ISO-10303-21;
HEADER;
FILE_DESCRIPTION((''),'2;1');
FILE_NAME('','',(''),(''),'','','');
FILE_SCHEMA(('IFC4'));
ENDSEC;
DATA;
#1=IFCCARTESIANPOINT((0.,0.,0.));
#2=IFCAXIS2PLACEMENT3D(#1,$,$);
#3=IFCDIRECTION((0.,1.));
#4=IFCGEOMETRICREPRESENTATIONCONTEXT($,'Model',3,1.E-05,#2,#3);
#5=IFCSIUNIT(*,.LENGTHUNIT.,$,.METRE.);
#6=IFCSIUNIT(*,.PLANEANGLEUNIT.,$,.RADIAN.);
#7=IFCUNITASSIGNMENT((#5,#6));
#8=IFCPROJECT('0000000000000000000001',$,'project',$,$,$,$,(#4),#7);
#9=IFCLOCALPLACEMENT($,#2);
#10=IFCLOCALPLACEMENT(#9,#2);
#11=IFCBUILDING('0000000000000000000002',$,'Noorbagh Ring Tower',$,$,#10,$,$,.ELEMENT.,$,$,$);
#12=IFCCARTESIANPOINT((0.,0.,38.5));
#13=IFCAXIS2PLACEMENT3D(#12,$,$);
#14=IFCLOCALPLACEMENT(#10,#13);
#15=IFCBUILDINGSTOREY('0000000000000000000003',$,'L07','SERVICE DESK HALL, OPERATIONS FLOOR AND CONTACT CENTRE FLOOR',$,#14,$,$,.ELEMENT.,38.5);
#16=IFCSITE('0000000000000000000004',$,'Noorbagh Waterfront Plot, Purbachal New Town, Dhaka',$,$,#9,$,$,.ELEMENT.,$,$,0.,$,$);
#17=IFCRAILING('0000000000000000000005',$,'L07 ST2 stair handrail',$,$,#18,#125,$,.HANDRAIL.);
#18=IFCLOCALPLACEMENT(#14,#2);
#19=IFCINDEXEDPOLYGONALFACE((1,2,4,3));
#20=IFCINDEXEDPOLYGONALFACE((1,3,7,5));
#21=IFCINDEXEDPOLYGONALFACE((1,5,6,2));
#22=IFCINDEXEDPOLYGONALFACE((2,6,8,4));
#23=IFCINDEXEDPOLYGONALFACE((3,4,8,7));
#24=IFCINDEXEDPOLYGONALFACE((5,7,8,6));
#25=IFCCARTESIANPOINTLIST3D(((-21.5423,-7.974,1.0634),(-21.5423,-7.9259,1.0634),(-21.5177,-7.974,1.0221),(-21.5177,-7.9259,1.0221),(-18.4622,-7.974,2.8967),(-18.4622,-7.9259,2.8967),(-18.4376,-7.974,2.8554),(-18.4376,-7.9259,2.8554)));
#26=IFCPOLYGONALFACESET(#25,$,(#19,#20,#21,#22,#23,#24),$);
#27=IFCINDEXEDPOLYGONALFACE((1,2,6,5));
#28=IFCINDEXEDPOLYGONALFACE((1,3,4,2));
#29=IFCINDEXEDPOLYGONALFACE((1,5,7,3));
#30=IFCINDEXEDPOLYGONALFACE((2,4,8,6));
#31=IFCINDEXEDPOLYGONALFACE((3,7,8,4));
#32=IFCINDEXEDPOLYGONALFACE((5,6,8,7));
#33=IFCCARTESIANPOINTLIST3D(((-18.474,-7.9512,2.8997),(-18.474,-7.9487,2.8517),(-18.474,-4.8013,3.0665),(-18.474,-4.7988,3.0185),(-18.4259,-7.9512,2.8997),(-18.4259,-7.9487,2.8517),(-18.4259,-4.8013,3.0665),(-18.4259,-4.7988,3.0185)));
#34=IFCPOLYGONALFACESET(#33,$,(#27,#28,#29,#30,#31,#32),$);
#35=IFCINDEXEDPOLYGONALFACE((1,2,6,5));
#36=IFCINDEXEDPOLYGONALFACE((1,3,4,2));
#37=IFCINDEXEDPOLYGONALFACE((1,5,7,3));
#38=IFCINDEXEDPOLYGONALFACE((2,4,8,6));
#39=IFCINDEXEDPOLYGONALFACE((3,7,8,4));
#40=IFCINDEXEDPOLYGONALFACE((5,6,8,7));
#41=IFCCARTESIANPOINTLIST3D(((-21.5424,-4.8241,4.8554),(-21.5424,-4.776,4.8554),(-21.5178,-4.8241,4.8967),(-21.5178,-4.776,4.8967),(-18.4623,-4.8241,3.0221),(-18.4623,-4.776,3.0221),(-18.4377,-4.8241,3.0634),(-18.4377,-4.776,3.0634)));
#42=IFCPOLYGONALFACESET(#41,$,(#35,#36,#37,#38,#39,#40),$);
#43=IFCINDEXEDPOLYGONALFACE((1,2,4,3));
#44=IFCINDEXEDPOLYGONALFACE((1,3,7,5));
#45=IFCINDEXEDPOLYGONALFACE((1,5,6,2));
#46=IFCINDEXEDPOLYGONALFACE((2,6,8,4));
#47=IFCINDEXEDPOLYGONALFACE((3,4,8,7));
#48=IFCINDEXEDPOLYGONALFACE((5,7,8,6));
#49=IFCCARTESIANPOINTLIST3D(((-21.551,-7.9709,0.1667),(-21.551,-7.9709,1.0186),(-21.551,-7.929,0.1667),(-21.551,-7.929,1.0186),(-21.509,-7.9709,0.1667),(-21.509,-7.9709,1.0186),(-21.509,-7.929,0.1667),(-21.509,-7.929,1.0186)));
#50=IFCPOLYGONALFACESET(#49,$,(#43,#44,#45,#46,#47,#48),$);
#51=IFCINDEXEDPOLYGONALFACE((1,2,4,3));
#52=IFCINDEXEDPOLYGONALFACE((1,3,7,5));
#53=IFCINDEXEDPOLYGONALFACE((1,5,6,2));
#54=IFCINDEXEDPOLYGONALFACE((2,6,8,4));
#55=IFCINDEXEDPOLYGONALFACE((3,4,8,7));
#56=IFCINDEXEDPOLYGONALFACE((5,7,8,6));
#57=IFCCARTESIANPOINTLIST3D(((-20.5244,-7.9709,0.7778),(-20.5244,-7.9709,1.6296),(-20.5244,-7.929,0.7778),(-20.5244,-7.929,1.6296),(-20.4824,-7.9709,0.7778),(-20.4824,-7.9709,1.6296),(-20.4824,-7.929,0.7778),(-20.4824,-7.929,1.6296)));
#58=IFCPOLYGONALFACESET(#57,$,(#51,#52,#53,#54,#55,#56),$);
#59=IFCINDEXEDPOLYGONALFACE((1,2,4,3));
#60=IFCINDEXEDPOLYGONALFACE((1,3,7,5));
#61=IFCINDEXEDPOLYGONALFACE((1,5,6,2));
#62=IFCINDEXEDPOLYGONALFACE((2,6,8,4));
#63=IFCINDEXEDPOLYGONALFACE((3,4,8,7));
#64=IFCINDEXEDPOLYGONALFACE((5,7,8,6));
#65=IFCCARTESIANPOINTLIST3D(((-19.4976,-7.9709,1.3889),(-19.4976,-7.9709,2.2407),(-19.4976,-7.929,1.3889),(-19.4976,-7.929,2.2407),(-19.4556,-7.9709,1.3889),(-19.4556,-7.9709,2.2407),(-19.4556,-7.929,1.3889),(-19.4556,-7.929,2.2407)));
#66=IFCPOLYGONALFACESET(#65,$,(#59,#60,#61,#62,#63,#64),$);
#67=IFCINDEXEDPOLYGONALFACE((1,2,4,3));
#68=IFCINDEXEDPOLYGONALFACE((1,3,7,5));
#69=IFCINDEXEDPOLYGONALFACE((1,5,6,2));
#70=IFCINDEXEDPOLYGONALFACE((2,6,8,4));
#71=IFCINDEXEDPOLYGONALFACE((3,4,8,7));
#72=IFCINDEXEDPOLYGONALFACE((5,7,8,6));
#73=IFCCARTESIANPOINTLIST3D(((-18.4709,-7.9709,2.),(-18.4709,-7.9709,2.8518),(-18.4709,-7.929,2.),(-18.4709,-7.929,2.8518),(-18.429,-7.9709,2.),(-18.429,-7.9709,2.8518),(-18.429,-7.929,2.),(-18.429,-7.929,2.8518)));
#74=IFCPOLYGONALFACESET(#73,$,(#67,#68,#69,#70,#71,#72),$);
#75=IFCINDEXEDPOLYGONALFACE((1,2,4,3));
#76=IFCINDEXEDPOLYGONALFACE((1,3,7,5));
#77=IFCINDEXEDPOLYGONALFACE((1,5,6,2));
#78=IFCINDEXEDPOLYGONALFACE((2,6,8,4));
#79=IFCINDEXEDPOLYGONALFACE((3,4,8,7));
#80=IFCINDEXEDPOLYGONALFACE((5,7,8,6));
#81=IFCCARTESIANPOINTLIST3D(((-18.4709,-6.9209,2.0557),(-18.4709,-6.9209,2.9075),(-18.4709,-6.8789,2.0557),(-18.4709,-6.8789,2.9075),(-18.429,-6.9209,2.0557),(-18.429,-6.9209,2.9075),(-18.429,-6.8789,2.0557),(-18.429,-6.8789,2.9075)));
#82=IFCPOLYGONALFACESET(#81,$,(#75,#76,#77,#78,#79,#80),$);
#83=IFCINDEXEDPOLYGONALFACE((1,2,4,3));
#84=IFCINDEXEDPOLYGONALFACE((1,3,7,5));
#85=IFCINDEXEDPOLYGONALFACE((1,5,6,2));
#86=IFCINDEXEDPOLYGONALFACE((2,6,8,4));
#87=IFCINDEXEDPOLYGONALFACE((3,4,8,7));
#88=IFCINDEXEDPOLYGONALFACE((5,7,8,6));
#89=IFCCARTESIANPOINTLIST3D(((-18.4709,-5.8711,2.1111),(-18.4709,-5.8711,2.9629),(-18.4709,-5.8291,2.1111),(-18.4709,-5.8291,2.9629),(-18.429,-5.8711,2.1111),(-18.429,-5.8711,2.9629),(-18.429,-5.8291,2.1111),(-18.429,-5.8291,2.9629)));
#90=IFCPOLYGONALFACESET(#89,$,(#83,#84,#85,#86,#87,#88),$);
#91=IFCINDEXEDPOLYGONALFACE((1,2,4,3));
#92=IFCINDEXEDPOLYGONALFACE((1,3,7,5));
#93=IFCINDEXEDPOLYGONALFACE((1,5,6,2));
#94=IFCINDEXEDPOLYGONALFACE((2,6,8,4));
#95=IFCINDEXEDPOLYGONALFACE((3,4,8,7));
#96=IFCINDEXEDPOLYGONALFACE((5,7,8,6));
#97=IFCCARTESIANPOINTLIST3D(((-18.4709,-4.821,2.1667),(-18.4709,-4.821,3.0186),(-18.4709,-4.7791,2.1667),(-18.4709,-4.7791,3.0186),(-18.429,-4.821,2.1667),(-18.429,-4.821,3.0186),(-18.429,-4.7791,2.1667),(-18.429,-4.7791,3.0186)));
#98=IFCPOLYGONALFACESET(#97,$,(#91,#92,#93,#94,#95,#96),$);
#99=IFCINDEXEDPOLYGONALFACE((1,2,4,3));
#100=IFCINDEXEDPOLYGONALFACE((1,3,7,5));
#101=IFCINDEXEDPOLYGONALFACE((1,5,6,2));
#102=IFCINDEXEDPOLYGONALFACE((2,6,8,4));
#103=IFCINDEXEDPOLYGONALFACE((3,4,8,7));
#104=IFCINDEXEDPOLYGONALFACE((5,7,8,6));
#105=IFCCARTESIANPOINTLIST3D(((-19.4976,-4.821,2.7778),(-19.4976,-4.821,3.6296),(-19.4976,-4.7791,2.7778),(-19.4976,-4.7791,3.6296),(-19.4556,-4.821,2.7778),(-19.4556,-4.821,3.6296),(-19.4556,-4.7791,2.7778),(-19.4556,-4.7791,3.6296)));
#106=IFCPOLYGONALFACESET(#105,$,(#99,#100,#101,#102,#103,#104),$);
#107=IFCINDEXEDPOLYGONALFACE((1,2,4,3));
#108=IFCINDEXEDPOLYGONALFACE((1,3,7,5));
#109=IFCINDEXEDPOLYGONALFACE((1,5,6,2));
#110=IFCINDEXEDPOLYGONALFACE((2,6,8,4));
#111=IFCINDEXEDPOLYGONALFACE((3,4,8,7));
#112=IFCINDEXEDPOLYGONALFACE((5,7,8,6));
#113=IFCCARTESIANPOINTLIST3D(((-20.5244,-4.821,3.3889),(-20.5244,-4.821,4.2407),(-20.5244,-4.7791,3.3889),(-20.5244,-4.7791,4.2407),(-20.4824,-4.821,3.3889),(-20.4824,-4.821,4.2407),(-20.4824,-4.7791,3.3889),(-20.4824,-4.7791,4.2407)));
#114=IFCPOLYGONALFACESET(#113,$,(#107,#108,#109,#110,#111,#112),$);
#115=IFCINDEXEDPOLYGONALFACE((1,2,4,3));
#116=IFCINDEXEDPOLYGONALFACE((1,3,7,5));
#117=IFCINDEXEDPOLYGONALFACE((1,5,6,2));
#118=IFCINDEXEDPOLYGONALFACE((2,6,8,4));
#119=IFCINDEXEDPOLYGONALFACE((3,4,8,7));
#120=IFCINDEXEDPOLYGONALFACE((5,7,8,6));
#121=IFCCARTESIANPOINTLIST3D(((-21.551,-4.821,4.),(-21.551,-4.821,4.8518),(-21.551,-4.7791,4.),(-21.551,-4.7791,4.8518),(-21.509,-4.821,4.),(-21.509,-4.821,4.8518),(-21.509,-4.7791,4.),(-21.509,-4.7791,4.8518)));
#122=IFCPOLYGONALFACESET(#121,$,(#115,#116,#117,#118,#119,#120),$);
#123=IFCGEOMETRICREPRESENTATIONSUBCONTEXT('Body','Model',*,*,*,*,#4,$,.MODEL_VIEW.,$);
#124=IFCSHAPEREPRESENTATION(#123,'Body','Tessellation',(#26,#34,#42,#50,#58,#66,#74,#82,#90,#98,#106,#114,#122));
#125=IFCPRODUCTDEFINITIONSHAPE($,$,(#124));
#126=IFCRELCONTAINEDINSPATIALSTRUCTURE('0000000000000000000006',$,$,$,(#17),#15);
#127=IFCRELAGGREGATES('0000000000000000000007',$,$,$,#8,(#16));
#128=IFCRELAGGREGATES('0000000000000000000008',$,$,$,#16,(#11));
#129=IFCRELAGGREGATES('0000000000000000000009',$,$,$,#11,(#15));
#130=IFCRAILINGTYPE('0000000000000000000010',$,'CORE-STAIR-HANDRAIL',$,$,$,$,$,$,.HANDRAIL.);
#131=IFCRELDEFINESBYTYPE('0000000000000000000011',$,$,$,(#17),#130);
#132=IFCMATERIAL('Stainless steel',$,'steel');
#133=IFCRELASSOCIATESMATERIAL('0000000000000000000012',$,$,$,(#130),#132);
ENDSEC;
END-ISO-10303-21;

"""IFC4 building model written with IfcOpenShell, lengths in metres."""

from ifc_helpers import new_model, si_unit, direction, frame, origin, origin_2d, place, context, subcontext, project, spatial, rectangle, extrude, material, type_object, element, save


model = new_model("IFC4")

# Units and contexts
model_context = context("Model", 3, precision=1e-05, world=origin(), true_north=direction((0.0, 1.0)))
body_context = subcontext(model_context, "Body", "Model", "MODEL_VIEW")
ifc_project = project(units=[si_unit("LENGTHUNIT", "METRE"), si_unit("PLANEANGLEUNIT", "RADIAN")], contexts=[model_context])

# Site, building, storey
site_placement = place(None, origin())
site = spatial("IfcSite", under=ifc_project, at=site_placement, Name="Noorbagh Waterfront Plot, Purbachal New Town, Dhaka", CompositionType="ELEMENT", RefElevation=0.0)
building_placement = place(site_placement, origin())
building = spatial("IfcBuilding", under=site, at=building_placement, Name="Noorbagh Ring Tower", CompositionType="ELEMENT")
storey_placement = place(building_placement, frame((0.0, 0.0, 38.5)))
storey = spatial("IfcBuildingStorey", under=building, at=storey_placement, Name="L07", Description="SERVICE DESK HALL, OPERATIONS FLOOR AND CONTACT CENTRE FLOOR", CompositionType="ELEMENT", Elevation=38.5)

# Railing
ifc_material_1 = material(Name="Stainless steel", Category="steel")
railing_type_1 = type_object("IfcRailingType", Name="CORE-STAIR-HANDRAIL", PredefinedType="HANDRAIL", material=ifc_material_1)
railing_1_placement = place(storey_placement, frame((-21.53, -7.95, 0.1667)))
element("IfcRailing", 1, at=railing_1_placement, inside=storey, type_object=railing_type_1, Name="L07 ST2 stair handrail", PredefinedType="HANDRAIL", context=body_context, shape_type="SweptSolid", body=[
    extrude(rectangle(XDim=0.0481, YDim=0.0481, at=origin_2d()), frame((0.0, 0.0, 0.876), z_axis=(0.859309, 0.0, 0.511458), x_axis=(0.0, 1.0, 0.0)), (0.0, 0.0, 1.0), 3.5845),
    extrude(rectangle(XDim=0.0481, YDim=0.0481, at=origin_2d()), frame((3.0801, 0.0, 2.709), z_axis=(0.0, 0.998602, 0.052864), x_axis=(-1.0, 0.0, 0.0)), (0.0, 0.0, 1.0), 3.1543),
    extrude(rectangle(XDim=0.0481, YDim=0.0481, at=origin_2d()), frame((3.0801, 3.1499, 2.876), z_axis=(-0.859309, 0.0, 0.511458), x_axis=(0.0, -1.0, 0.0)), (0.0, 0.0, 1.0), 3.5845),
    extrude(rectangle(XDim=0.042, YDim=0.042, at=origin_2d()), origin(), (0.0, 0.0, 1.0), 0.8518),
    extrude(rectangle(XDim=0.042, YDim=0.042, at=origin_2d()), frame((1.0266, 0.0, 0.6111)), (0.0, 0.0, 1.0), 0.8518),
    extrude(rectangle(XDim=0.042, YDim=0.042, at=origin_2d()), frame((2.0535, 0.0, 1.2222)), (0.0, 0.0, 1.0), 0.8518),
    extrude(rectangle(XDim=0.042, YDim=0.042, at=origin_2d()), frame((3.0801, 0.0, 1.8333)), (0.0, 0.0, 1.0), 0.8518),
    extrude(rectangle(XDim=0.042, YDim=0.042, at=origin_2d()), frame((3.0801, 1.05, 1.8889)), (0.0, 0.0, 1.0), 0.8518),
    extrude(rectangle(XDim=0.042, YDim=0.042, at=origin_2d()), frame((3.0801, 2.0999, 1.9443)), (0.0, 0.0, 1.0), 0.8518),
    extrude(rectangle(XDim=0.042, YDim=0.042, at=origin_2d()), frame((3.0801, 3.1499, 2.0)), (0.0, 0.0, 1.0), 0.8518),
    extrude(rectangle(XDim=0.042, YDim=0.042, at=origin_2d()), frame((2.0535, 3.1499, 2.6111)), (0.0, 0.0, 1.0), 0.8518),
    extrude(rectangle(XDim=0.042, YDim=0.042, at=origin_2d()), frame((1.0266, 3.1499, 3.2222)), (0.0, 0.0, 1.0), 0.8518),
    extrude(rectangle(XDim=0.042, YDim=0.042, at=origin_2d()), frame((0.0, 3.1499, 3.8333)), (0.0, 0.0, 1.0), 0.8518),
])

save(model, "model.ifc")
